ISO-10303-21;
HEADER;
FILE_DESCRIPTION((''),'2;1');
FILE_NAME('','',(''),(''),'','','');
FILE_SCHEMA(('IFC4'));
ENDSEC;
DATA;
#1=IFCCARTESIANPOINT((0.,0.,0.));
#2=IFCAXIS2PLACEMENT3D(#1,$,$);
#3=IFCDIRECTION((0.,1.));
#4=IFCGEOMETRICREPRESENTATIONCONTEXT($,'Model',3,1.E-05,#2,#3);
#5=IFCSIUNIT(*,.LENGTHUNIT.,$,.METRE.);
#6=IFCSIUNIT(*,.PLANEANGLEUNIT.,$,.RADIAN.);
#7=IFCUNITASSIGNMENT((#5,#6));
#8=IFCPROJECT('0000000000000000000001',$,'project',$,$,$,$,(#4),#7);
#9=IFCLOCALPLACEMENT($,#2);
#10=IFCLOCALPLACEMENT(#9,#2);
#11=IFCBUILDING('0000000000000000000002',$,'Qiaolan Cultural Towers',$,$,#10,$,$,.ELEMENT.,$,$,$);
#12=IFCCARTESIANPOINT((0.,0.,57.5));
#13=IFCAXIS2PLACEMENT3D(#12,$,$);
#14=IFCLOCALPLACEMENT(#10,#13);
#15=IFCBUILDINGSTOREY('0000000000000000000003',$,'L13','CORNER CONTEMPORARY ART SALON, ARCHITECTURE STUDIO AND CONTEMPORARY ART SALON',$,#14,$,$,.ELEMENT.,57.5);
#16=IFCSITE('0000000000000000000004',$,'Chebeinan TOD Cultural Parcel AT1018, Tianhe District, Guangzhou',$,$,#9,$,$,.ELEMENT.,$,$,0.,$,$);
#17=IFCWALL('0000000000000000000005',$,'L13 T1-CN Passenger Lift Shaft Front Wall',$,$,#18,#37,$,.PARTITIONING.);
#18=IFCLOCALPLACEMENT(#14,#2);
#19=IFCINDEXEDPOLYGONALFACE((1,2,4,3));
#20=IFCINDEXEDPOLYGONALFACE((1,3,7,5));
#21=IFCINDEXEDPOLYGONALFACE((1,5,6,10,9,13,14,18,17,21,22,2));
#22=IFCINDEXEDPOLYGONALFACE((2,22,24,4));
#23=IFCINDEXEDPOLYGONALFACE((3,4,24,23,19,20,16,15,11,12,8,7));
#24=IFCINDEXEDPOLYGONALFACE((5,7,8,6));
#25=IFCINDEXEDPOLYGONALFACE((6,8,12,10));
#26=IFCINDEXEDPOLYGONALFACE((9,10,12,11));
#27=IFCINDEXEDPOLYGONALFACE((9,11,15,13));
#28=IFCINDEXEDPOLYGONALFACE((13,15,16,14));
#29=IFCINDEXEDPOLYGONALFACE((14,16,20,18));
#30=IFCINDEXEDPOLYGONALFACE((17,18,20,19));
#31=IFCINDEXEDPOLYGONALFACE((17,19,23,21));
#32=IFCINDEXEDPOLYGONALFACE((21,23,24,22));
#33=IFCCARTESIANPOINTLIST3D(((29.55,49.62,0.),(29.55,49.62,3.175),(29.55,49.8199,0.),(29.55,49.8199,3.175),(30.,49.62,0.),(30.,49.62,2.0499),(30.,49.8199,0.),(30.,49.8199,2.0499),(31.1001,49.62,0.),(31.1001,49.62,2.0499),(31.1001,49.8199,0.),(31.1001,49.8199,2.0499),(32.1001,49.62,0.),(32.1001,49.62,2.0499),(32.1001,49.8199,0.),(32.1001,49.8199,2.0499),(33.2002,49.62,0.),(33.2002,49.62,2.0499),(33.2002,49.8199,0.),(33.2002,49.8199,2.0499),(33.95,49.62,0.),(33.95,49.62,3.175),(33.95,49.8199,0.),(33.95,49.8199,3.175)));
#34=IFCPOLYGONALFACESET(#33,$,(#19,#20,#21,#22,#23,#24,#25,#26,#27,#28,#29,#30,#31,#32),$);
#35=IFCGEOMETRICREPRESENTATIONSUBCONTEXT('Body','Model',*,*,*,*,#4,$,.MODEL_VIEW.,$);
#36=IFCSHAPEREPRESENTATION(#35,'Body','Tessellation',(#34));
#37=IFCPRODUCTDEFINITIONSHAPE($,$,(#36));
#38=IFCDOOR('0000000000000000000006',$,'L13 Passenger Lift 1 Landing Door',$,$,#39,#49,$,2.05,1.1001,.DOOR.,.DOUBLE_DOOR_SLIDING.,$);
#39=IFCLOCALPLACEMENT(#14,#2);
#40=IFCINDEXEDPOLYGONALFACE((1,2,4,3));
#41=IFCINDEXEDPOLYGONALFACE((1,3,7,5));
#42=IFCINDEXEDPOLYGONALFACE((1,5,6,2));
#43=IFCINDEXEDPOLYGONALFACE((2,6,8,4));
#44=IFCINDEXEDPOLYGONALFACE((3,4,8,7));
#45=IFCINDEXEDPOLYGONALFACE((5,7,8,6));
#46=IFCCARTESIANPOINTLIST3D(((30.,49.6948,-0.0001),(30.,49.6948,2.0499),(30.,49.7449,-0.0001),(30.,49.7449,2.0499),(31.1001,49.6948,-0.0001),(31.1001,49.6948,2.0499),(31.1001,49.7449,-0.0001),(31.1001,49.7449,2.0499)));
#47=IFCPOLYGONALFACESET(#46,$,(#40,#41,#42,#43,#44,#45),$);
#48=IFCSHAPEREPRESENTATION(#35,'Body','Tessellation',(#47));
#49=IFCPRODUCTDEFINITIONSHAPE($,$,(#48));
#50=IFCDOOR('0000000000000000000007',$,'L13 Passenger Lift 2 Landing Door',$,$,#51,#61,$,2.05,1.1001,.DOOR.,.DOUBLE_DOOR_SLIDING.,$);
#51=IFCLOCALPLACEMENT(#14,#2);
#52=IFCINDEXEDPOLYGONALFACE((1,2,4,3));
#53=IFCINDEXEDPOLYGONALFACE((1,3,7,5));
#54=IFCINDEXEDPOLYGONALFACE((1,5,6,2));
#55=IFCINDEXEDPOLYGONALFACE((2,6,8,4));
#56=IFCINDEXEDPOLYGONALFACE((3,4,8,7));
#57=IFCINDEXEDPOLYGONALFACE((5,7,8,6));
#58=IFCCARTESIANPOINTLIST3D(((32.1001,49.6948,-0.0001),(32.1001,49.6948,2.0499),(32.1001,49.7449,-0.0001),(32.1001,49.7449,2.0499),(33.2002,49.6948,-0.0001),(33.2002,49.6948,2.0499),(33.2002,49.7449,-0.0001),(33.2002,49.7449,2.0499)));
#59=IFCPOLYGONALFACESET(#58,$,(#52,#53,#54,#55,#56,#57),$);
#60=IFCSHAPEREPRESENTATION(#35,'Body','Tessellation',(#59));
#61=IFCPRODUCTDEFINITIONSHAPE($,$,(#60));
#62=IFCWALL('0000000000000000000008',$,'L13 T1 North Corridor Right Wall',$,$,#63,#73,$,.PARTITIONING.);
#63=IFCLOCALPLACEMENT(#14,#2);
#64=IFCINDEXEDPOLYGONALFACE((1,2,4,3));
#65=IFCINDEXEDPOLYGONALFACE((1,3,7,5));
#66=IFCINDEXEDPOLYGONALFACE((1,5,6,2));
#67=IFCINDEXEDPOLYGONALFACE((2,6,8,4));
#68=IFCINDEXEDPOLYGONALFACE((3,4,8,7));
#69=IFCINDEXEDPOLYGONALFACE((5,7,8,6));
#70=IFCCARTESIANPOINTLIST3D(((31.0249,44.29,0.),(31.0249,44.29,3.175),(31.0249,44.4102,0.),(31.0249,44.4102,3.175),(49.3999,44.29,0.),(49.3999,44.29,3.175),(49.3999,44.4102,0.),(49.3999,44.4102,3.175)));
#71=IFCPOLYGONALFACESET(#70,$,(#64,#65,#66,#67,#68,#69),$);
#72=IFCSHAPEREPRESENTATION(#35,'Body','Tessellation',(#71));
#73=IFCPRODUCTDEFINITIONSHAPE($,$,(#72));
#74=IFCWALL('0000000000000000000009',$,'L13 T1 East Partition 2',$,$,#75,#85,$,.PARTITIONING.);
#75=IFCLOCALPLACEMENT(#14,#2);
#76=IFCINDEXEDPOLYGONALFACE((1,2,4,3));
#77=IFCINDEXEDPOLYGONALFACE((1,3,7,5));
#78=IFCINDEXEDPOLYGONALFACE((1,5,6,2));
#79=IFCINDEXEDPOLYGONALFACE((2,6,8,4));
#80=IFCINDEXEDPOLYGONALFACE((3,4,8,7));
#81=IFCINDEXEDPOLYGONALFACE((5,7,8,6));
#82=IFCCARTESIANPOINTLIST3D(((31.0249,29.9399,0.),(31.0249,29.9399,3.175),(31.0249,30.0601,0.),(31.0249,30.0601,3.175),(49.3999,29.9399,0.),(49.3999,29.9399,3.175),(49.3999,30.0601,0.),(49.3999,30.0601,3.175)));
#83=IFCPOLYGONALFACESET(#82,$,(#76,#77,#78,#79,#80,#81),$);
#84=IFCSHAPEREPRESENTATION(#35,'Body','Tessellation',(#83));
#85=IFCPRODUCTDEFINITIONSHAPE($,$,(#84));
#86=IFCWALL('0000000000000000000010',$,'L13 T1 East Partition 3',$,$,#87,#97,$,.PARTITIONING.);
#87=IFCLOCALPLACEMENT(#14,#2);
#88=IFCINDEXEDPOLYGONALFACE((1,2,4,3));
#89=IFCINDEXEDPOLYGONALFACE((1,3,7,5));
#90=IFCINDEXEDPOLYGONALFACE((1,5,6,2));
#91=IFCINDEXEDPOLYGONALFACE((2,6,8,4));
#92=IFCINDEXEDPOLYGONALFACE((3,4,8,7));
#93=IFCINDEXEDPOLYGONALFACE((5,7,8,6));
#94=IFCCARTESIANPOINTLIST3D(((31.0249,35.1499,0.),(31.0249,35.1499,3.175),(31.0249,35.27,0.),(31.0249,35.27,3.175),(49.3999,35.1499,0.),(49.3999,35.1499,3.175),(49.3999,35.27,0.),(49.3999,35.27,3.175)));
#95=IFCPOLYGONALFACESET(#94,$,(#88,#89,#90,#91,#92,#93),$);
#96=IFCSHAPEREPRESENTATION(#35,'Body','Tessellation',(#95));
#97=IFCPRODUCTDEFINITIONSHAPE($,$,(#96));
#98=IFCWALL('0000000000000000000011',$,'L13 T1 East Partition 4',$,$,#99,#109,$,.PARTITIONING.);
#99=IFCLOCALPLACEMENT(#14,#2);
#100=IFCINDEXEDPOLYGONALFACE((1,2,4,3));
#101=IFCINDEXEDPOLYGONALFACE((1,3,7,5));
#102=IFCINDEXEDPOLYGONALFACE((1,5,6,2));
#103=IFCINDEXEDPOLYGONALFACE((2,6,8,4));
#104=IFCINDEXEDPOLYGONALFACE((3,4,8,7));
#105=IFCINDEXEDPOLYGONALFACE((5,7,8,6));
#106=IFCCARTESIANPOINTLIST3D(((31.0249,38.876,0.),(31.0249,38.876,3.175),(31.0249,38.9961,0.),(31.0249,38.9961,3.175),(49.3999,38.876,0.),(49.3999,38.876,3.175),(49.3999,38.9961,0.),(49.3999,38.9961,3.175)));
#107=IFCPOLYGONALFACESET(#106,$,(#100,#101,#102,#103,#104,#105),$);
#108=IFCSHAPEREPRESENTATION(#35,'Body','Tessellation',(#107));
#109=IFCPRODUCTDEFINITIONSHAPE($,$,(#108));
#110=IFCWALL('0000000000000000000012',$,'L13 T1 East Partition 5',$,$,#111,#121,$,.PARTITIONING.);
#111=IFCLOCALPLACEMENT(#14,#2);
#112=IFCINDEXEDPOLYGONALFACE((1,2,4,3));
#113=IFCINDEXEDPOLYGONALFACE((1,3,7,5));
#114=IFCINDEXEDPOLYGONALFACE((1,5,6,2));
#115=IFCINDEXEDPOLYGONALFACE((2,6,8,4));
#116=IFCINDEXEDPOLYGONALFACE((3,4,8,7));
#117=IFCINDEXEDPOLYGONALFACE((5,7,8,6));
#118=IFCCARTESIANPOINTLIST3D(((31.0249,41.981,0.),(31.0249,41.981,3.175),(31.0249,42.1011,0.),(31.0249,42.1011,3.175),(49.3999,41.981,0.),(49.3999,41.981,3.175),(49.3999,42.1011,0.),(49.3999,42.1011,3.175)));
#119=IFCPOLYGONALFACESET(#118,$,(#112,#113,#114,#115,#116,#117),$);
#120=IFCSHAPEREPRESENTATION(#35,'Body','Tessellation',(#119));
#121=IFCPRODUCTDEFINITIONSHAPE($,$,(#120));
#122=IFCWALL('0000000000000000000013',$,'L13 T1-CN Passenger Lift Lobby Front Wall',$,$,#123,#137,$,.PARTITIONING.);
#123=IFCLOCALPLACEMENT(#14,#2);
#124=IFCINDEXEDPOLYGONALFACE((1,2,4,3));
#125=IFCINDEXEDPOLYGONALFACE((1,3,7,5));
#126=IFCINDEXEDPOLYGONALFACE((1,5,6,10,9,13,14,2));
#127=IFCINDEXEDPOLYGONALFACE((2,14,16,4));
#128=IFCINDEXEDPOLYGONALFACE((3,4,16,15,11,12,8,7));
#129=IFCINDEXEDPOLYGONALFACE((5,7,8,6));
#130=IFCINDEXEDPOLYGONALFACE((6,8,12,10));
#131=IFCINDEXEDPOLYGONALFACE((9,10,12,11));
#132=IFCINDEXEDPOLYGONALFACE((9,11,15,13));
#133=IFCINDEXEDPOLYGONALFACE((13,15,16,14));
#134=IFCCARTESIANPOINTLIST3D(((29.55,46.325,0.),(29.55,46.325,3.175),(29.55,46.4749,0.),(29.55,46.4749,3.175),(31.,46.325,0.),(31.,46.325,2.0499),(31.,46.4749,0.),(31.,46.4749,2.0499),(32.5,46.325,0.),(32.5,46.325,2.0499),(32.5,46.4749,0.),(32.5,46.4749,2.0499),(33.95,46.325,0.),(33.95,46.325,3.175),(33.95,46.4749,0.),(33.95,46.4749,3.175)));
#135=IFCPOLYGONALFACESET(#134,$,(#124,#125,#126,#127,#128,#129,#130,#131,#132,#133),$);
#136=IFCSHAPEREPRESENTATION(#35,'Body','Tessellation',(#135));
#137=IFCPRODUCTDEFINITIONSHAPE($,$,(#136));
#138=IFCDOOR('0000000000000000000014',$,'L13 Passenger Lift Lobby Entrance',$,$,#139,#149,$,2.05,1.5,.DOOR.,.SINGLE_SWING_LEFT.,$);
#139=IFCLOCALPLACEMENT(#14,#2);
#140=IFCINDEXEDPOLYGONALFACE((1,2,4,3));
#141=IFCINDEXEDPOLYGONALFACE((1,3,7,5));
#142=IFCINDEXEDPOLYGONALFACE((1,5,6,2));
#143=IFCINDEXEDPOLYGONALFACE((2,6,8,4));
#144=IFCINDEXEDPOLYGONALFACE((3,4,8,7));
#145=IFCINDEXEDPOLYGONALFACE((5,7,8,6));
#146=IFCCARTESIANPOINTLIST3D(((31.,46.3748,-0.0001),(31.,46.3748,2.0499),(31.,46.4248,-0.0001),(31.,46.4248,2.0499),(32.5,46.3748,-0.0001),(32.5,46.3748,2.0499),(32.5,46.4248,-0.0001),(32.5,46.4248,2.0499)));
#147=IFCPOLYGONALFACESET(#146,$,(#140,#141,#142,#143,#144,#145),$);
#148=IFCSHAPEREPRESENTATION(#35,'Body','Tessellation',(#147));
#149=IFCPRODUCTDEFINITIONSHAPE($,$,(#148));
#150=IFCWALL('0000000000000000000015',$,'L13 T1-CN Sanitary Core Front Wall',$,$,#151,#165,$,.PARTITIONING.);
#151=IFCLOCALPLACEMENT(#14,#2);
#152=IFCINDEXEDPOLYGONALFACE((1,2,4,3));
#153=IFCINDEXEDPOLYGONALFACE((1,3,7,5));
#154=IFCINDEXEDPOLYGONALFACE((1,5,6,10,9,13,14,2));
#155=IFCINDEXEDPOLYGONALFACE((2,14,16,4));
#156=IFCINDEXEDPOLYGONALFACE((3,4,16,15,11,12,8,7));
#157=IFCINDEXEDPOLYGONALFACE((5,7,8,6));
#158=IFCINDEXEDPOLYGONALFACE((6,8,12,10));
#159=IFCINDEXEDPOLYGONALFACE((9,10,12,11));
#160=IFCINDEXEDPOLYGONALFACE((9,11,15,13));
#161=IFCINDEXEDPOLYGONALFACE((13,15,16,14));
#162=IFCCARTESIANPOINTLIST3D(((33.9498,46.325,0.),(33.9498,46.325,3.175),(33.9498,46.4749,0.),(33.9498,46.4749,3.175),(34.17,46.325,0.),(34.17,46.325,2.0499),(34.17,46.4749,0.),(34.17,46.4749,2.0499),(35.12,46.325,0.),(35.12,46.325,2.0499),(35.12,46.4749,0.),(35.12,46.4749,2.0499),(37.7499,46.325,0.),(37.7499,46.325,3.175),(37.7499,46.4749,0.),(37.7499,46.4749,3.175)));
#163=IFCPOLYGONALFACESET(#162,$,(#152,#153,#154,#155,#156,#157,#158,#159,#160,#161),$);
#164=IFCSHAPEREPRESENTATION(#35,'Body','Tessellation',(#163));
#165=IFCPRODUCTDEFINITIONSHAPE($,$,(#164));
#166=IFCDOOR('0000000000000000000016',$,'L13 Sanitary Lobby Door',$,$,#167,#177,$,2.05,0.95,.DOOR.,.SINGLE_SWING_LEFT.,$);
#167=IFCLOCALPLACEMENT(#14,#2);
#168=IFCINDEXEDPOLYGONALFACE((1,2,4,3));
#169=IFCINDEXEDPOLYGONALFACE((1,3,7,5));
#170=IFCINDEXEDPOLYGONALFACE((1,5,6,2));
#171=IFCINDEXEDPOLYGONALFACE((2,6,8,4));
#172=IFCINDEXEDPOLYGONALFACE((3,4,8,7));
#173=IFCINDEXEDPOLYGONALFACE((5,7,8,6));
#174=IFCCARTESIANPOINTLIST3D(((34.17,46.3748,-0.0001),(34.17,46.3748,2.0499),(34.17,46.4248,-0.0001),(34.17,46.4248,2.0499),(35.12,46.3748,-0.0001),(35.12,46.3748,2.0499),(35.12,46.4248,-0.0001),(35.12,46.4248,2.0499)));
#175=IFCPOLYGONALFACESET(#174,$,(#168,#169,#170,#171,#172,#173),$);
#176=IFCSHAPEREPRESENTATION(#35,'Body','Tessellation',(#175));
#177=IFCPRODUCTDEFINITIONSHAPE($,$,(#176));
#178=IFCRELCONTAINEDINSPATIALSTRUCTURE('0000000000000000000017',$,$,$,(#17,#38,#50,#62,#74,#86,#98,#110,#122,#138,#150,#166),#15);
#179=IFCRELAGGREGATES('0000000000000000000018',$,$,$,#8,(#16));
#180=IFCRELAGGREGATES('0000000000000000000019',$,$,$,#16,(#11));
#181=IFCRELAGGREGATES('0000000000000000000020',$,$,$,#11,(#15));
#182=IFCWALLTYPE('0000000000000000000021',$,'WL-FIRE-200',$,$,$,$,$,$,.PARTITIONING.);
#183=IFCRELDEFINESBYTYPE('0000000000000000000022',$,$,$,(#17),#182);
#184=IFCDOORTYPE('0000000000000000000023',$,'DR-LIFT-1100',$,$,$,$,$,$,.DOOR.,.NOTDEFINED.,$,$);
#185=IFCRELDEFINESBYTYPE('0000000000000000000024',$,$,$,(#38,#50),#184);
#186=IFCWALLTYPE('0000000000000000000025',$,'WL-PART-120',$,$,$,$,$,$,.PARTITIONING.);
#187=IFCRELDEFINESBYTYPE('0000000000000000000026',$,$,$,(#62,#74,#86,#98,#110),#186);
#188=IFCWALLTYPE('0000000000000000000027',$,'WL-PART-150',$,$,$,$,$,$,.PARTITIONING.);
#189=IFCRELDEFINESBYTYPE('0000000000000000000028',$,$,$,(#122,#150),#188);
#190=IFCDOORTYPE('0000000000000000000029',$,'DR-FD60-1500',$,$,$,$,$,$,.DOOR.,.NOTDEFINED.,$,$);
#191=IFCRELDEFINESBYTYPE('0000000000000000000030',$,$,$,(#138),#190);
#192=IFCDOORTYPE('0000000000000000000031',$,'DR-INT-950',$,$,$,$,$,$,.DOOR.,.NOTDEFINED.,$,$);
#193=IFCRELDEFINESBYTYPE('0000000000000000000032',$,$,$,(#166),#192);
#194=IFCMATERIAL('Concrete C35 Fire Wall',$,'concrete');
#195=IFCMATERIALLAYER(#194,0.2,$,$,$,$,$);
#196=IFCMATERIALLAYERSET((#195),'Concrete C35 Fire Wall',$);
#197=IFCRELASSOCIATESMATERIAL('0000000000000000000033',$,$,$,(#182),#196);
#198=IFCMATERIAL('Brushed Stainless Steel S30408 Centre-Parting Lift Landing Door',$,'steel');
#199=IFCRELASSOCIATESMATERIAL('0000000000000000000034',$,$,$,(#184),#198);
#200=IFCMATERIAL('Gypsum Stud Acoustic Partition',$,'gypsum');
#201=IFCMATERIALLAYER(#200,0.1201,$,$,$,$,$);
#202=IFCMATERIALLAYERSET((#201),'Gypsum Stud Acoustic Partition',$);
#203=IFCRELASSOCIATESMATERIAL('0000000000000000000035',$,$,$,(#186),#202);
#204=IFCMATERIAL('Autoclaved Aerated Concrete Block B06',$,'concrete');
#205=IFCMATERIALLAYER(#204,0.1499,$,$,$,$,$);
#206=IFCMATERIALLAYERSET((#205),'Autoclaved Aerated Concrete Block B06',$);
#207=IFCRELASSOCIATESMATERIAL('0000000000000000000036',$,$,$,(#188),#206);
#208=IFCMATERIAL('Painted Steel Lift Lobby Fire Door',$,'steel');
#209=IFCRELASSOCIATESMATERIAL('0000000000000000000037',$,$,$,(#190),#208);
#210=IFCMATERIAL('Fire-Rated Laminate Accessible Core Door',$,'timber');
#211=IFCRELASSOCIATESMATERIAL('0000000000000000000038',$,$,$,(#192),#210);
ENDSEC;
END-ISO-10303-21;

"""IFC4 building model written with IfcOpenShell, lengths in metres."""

from ifc_helpers import new_model, si_unit, direction, frame, frame_2d, origin, place, context, subcontext, project, spatial, rectangle, extrude, material, layer, layer_set, type_object, element, fill, save


model = new_model("IFC4")

# Units and contexts
model_context = context("Model", 3, precision=1e-05, world=origin(), true_north=direction((0.0, 1.0)))
body_context = subcontext(model_context, "Body", "Model", "MODEL_VIEW")
ifc_project = project(units=[si_unit("LENGTHUNIT", "METRE"), si_unit("PLANEANGLEUNIT", "RADIAN")], contexts=[model_context])

# Site, building, storey
site_placement = place(None, origin())
site = spatial("IfcSite", under=ifc_project, at=site_placement, Name="Chebeinan TOD Cultural Parcel AT1018, Tianhe District, Guangzhou", CompositionType="ELEMENT", RefElevation=0.0)
building_placement = place(site_placement, origin())
building = spatial("IfcBuilding", under=site, at=building_placement, Name="Qiaolan Cultural Towers", CompositionType="ELEMENT")
storey_placement = place(building_placement, frame((0.0, 0.0, 57.5)))
storey = spatial("IfcBuildingStorey", under=building, at=storey_placement, Name="L13", Description="CORNER CONTEMPORARY ART SALON, ARCHITECTURE STUDIO AND CONTEMPORARY ART SALON", CompositionType="ELEMENT", Elevation=57.5)

# Shared definitions
ifc_material_1 = material(Name="Concrete C35 Fire Wall", Category="concrete")
ifc_layer_1 = layer(ifc_material_1, 0.2)
ifc_layer_set_1 = layer_set([ifc_layer_1], Name="Concrete C35 Fire Wall")
wall_type_1 = type_object("IfcWallType", Name="WL-FIRE-200", PredefinedType="PARTITIONING", material=ifc_layer_set_1)

# Wall, openings, doors
wall_1_placement = place(storey_placement, frame((29.55, 49.72, 0.0), z_axis=(0.0, 0.0, 1.0), x_axis=(1.0, 0.0, 0.0)))
wall_1 = element("IfcWall", 1, at=wall_1_placement, inside=storey, type_object=wall_type_1, Name="L13 T1-CN Passenger Lift Shaft Front Wall", PredefinedType="PARTITIONING", context=body_context, shape_type="SweptSolid", body=[
    extrude(rectangle(XDim=4.3999, YDim=0.2, at=frame_2d((2.2, 0.0))), origin(), (0.0, 0.0, 1.0), 3.175),
])
opening_1_placement = place(wall_1_placement, frame((0.45, 0.0, 0.0)))
opening_1 = element("IfcOpeningElement", 2, at=opening_1_placement, cuts=wall_1, PredefinedType="OPENING", context=body_context, shape_type="SweptSolid", body=[
    extrude(rectangle(XDim=1.1001, YDim=2.05, at=frame_2d((0.55, 1.0249))), frame((0.0, 0.1099, 0.0), z_axis=(0.0, -1.0, 0.0), x_axis=(1.0, 0.0, 0.0)), (0.0, 0.0, 1.0), 0.22),
])
opening_2_placement = place(wall_1_placement, frame((2.55, 0.0, 0.0)))
opening_2 = element("IfcOpeningElement", 3, at=opening_2_placement, cuts=wall_1, PredefinedType="OPENING", context=body_context, shape_type="SweptSolid", body=[
    extrude(rectangle(XDim=1.1001, YDim=2.05, at=frame_2d((0.55, 1.0249))), frame((0.0, 0.1099, 0.0), z_axis=(0.0, -1.0, 0.0), x_axis=(1.0, 0.0, 0.0)), (0.0, 0.0, 1.0), 0.22),
])
ifc_material_2 = material(Name="Brushed Stainless Steel S30408 Centre-Parting Lift Landing Door", Category="steel")
door_type_1 = type_object("IfcDoorType", Name="DR-LIFT-1100", OperationType="NOTDEFINED", PredefinedType="DOOR", material=ifc_material_2)
door_1_placement = place(opening_1_placement, origin())
door_1 = element("IfcDoor", 4, at=door_1_placement, inside=storey, type_object=door_type_1, Name="L13 Passenger Lift 1 Landing Door", OperationType="DOUBLE_DOOR_SLIDING", OverallHeight=2.05, OverallWidth=1.1001, PredefinedType="DOOR", context=body_context, shape_type="SweptSolid", body=[
    extrude(rectangle(XDim=1.1001, YDim=2.05, at=frame_2d((0.55, 1.0249))), frame((0.0, 0.0249, 0.0), z_axis=(0.0, -1.0, 0.0), x_axis=(1.0, 0.0, 0.0)), (0.0, 0.0, 1.0), 0.05),
])
fill(opening_1, door_1)
door_2_placement = place(opening_2_placement, origin())
door_2 = element("IfcDoor", 5, at=door_2_placement, inside=storey, type_object=door_type_1, Name="L13 Passenger Lift 2 Landing Door", OperationType="DOUBLE_DOOR_SLIDING", OverallHeight=2.05, OverallWidth=1.1001, PredefinedType="DOOR", context=body_context, shape_type="SweptSolid", body=[
    extrude(rectangle(XDim=1.1001, YDim=2.05, at=frame_2d((0.55, 1.0249))), frame((0.0, 0.0249, 0.0), z_axis=(0.0, -1.0, 0.0), x_axis=(1.0, 0.0, 0.0)), (0.0, 0.0, 1.0), 0.05),
])
fill(opening_2, door_2)

# Walls
ifc_material_3 = material(Name="Gypsum Stud Acoustic Partition", Category="gypsum")
ifc_layer_2 = layer(ifc_material_3, 0.1201)
ifc_layer_set_2 = layer_set([ifc_layer_2], Name="Gypsum Stud Acoustic Partition")
wall_type_2 = type_object("IfcWallType", Name="WL-PART-120", PredefinedType="PARTITIONING", material=ifc_layer_set_2)
for number, where, z_axis, x_axis, name in (
    (6, (31.0249, 44.3501, 0.0), (0.0, 0.0, 1.0), (1.0, 0.0, 0.0), "L13 T1 North Corridor Right Wall"),
    (7, (31.0249, 30.0, 0.0), (0.0, 0.0, 1.0), (1.0, 0.0, 0.0), "L13 T1 East Partition 2"),
    (8, (31.0249, 35.21, 0.0), (0.0, 0.0, 1.0), (1.0, 0.0, 0.0), "L13 T1 East Partition 3"),
    (9, (31.0249, 38.936, 0.0), (0.0, 0.0, 1.0), (1.0, 0.0, 0.0), "L13 T1 East Partition 4"),
    (10, (31.0249, 42.041, 0.0), (0.0, 0.0, 1.0), (1.0, 0.0, 0.0), "L13 T1 East Partition 5"),
):
    element("IfcWall", number, at=place(storey_placement, frame(where, z_axis=z_axis, x_axis=x_axis)), inside=storey, type_object=wall_type_2, Name=name, PredefinedType="PARTITIONING", context=body_context, shape_type="SweptSolid", body=[
        extrude(rectangle(XDim=18.375, YDim=0.1201, at=frame_2d((9.1875, 0.0))), origin(), (0.0, 0.0, 1.0), 3.175),
    ])

# Walls, openings, doors
ifc_material_4 = material(Name="Autoclaved Aerated Concrete Block B06", Category="concrete")
ifc_layer_3 = layer(ifc_material_4, 0.1499)
ifc_layer_set_3 = layer_set([ifc_layer_3], Name="Autoclaved Aerated Concrete Block B06")
wall_type_3 = type_object("IfcWallType", Name="WL-PART-150", PredefinedType="PARTITIONING", material=ifc_layer_set_3)
wall_2_placement = place(storey_placement, frame((29.55, 46.3999, 0.0), z_axis=(0.0, 0.0, 1.0), x_axis=(1.0, 0.0, 0.0)))
wall_2 = element("IfcWall", 11, at=wall_2_placement, inside=storey, type_object=wall_type_3, Name="L13 T1-CN Passenger Lift Lobby Front Wall", PredefinedType="PARTITIONING", context=body_context, shape_type="SweptSolid", body=[
    extrude(rectangle(XDim=4.3999, YDim=0.1499, at=frame_2d((2.2, 0.0))), origin(), (0.0, 0.0, 1.0), 3.175),
])
opening_3_placement = place(wall_2_placement, frame((1.45, 0.0, 0.0)))
opening_3 = element("IfcOpeningElement", 12, at=opening_3_placement, cuts=wall_2, PredefinedType="OPENING", context=body_context, shape_type="SweptSolid", body=[
    extrude(rectangle(XDim=1.5, YDim=2.05, at=frame_2d((0.75, 1.0249))), frame((0.0, 0.085, 0.0), z_axis=(0.0, -1.0, 0.0), x_axis=(1.0, 0.0, 0.0)), (0.0, 0.0, 1.0), 0.1699),
])
ifc_material_5 = material(Name="Painted Steel Lift Lobby Fire Door", Category="steel")
door_type_2 = type_object("IfcDoorType", Name="DR-FD60-1500", OperationType="NOTDEFINED", PredefinedType="DOOR", material=ifc_material_5)
door_3_placement = place(opening_3_placement, origin())
door_3 = element("IfcDoor", 13, at=door_3_placement, inside=storey, type_object=door_type_2, Name="L13 Passenger Lift Lobby Entrance", OperationType="SINGLE_SWING_LEFT", OverallHeight=2.05, OverallWidth=1.5, PredefinedType="DOOR", context=body_context, shape_type="SweptSolid", body=[
    extrude(rectangle(XDim=1.5, YDim=2.05, at=frame_2d((0.75, 1.0249))), frame((0.0, 0.0249, 0.0), z_axis=(0.0, -1.0, 0.0), x_axis=(1.0, 0.0, 0.0)), (0.0, 0.0, 1.0), 0.05),
])
fill(opening_3, door_3)
wall_3_placement = place(storey_placement, frame((33.95, 46.3999, 0.0), z_axis=(0.0, 0.0, 1.0), x_axis=(1.0, 0.0, 0.0)))
wall_3 = element("IfcWall", 14, at=wall_3_placement, inside=storey, type_object=wall_type_3, Name="L13 T1-CN Sanitary Core Front Wall", PredefinedType="PARTITIONING", context=body_context, shape_type="SweptSolid", body=[
    extrude(rectangle(XDim=3.8, YDim=0.1499, at=frame_2d((1.8999, 0.0))), origin(), (0.0, 0.0, 1.0), 3.175),
])
opening_4_placement = place(wall_3_placement, frame((0.22, 0.0, 0.0)))
opening_4 = element("IfcOpeningElement", 15, at=opening_4_placement, cuts=wall_3, PredefinedType="OPENING", context=body_context, shape_type="SweptSolid", body=[
    extrude(rectangle(XDim=0.95, YDim=2.05, at=frame_2d((0.4751, 1.0249))), frame((0.0, 0.085, 0.0), z_axis=(0.0, -1.0, 0.0), x_axis=(1.0, 0.0, 0.0)), (0.0, 0.0, 1.0), 0.1699),
])
ifc_material_6 = material(Name="Fire-Rated Laminate Accessible Core Door", Category="timber")
door_type_3 = type_object("IfcDoorType", Name="DR-INT-950", OperationType="NOTDEFINED", PredefinedType="DOOR", material=ifc_material_6)
door_4_placement = place(opening_4_placement, origin())
door_4 = element("IfcDoor", 16, at=door_4_placement, inside=storey, type_object=door_type_3, Name="L13 Sanitary Lobby Door", OperationType="SINGLE_SWING_LEFT", OverallHeight=2.05, OverallWidth=0.95, PredefinedType="DOOR", context=body_context, shape_type="SweptSolid", body=[
    extrude(rectangle(XDim=0.95, YDim=2.05, at=frame_2d((0.4751, 1.0249))), frame((0.0, 0.0249, 0.0), z_axis=(0.0, -1.0, 0.0), x_axis=(1.0, 0.0, 0.0)), (0.0, 0.0, 1.0), 0.05),
])
fill(opening_4, door_4)

save(model, "model.ifc")
